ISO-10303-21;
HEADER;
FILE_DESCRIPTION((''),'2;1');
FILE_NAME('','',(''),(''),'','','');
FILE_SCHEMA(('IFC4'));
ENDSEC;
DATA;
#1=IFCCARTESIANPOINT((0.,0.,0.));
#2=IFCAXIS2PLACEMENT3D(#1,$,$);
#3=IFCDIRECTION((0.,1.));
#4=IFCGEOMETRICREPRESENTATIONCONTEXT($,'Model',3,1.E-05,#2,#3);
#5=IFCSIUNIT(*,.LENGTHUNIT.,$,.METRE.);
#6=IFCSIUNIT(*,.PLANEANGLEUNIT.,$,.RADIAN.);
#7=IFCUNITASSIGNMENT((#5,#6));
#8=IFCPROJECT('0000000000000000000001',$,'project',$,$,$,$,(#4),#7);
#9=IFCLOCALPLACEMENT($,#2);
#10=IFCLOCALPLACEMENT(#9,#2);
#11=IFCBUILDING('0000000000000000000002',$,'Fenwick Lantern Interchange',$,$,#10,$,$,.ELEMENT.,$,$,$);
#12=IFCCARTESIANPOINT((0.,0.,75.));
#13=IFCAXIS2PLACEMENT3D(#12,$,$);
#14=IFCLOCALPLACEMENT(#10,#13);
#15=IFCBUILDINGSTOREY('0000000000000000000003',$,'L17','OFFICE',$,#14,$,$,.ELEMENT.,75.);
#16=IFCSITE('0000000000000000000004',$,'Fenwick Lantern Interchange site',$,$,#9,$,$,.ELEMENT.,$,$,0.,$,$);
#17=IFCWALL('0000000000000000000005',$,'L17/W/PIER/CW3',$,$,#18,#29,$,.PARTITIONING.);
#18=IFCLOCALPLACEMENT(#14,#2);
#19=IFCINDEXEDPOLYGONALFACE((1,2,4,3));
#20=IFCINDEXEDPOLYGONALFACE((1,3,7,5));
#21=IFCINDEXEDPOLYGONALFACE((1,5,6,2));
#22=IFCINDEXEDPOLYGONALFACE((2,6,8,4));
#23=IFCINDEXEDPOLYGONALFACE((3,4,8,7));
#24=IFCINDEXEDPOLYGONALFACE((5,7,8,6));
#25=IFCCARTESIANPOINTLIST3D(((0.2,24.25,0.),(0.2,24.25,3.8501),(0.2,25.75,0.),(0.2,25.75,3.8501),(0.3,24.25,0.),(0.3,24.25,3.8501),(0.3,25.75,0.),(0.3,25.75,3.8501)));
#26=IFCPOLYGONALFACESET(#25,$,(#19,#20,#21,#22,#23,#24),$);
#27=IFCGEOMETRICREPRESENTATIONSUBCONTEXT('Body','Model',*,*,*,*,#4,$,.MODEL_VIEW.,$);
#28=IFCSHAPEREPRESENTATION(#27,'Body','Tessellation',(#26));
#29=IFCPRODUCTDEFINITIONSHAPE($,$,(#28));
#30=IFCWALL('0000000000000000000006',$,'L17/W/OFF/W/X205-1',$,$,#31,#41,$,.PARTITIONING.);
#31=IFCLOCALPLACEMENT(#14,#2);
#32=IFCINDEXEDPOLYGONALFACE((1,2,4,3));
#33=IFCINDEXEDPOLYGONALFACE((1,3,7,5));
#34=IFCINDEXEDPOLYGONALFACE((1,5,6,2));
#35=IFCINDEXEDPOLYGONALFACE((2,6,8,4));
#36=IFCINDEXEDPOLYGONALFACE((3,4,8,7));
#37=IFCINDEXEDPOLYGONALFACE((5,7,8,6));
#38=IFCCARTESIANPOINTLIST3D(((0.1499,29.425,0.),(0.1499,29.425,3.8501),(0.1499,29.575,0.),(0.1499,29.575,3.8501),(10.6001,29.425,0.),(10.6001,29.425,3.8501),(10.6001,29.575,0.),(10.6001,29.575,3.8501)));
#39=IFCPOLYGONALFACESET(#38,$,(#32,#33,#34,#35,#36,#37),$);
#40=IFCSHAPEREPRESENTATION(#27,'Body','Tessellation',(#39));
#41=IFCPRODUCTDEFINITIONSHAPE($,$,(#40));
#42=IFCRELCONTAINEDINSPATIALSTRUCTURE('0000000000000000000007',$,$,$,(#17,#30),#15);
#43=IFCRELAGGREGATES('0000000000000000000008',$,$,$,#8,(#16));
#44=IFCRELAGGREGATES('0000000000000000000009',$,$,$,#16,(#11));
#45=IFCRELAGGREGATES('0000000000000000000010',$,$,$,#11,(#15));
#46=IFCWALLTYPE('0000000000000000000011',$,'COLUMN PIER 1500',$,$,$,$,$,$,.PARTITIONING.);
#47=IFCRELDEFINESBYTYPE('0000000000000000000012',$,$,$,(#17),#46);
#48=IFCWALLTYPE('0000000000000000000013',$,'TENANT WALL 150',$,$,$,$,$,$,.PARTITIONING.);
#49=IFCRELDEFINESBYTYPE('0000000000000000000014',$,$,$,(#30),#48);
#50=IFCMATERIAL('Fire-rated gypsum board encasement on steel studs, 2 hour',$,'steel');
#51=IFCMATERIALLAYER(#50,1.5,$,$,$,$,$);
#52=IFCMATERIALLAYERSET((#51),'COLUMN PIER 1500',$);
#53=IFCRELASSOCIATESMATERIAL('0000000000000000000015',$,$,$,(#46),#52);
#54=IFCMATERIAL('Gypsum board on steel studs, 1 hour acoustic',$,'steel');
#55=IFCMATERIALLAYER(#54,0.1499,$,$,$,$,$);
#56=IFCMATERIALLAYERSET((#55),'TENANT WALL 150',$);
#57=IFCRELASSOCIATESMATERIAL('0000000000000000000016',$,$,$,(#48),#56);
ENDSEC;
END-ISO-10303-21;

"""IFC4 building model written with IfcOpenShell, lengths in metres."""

from ifc_helpers import new_model, si_unit, direction, frame, frame_2d, origin, place, context, subcontext, project, spatial, rectangle, extrude, material, layer, layer_set, type_object, element, save


model = new_model("IFC4")

# Units and contexts
model_context = context("Model", 3, precision=1e-05, world=origin(), true_north=direction((0.0, 1.0)))
body_context = subcontext(model_context, "Body", "Model", "MODEL_VIEW")
ifc_project = project(units=[si_unit("LENGTHUNIT", "METRE"), si_unit("PLANEANGLEUNIT", "RADIAN")], contexts=[model_context])

# Site, building, storey
site_placement = place(None, origin())
site = spatial("IfcSite", under=ifc_project, at=site_placement, Name="Fenwick Lantern Interchange site", CompositionType="ELEMENT", RefElevation=0.0)
building_placement = place(site_placement, origin())
building = spatial("IfcBuilding", under=site, at=building_placement, Name="Fenwick Lantern Interchange", CompositionType="ELEMENT")
storey_placement = place(building_placement, frame((0.0, 0.0, 75.0)))
storey = spatial("IfcBuildingStorey", under=building, at=storey_placement, Name="L17", Description="OFFICE", CompositionType="ELEMENT", Elevation=75.0)

# Walls
ifc_material_1 = material(Name="Fire-rated gypsum board encasement on steel studs, 2 hour", Category="steel")
ifc_layer_1 = layer(ifc_material_1, 1.5)
ifc_layer_set_1 = layer_set([ifc_layer_1], Name="COLUMN PIER 1500")
wall_type_1 = type_object("IfcWallType", Name="COLUMN PIER 1500", PredefinedType="PARTITIONING", material=ifc_layer_set_1)
wall_1_placement = place(storey_placement, frame((0.2, 25.0, 0.0), z_axis=(0.0, 0.0, 1.0), x_axis=(1.0, 0.0, 0.0)))
element("IfcWall", 1, at=wall_1_placement, inside=storey, type_object=wall_type_1, Name="L17/W/PIER/CW3", PredefinedType="PARTITIONING", context=body_context, shape_type="SweptSolid", body=[
    extrude(rectangle(XDim=0.1001, YDim=1.5, at=frame_2d((0.05, 0.0))), origin(), (0.0, 0.0, 1.0), 3.8501),
])
ifc_material_2 = material(Name="Gypsum board on steel studs, 1 hour acoustic", Category="steel")
ifc_layer_2 = layer(ifc_material_2, 0.1499)
ifc_layer_set_2 = layer_set([ifc_layer_2], Name="TENANT WALL 150")
wall_type_2 = type_object("IfcWallType", Name="TENANT WALL 150", PredefinedType="PARTITIONING", material=ifc_layer_set_2)
wall_2_placement = place(storey_placement, frame((0.1499, 29.5, 0.0), z_axis=(0.0, 0.0, 1.0), x_axis=(1.0, 0.0, 0.0)))
element("IfcWall", 2, at=wall_2_placement, inside=storey, type_object=wall_type_2, Name="L17/W/OFF/W/X205-1", PredefinedType="PARTITIONING", context=body_context, shape_type="SweptSolid", body=[
    extrude(rectangle(XDim=10.4502, YDim=0.1499, at=frame_2d((5.2251, 0.0))), origin(), (0.0, 0.0, 1.0), 3.8501),
])

save(model, "model.ifc")
